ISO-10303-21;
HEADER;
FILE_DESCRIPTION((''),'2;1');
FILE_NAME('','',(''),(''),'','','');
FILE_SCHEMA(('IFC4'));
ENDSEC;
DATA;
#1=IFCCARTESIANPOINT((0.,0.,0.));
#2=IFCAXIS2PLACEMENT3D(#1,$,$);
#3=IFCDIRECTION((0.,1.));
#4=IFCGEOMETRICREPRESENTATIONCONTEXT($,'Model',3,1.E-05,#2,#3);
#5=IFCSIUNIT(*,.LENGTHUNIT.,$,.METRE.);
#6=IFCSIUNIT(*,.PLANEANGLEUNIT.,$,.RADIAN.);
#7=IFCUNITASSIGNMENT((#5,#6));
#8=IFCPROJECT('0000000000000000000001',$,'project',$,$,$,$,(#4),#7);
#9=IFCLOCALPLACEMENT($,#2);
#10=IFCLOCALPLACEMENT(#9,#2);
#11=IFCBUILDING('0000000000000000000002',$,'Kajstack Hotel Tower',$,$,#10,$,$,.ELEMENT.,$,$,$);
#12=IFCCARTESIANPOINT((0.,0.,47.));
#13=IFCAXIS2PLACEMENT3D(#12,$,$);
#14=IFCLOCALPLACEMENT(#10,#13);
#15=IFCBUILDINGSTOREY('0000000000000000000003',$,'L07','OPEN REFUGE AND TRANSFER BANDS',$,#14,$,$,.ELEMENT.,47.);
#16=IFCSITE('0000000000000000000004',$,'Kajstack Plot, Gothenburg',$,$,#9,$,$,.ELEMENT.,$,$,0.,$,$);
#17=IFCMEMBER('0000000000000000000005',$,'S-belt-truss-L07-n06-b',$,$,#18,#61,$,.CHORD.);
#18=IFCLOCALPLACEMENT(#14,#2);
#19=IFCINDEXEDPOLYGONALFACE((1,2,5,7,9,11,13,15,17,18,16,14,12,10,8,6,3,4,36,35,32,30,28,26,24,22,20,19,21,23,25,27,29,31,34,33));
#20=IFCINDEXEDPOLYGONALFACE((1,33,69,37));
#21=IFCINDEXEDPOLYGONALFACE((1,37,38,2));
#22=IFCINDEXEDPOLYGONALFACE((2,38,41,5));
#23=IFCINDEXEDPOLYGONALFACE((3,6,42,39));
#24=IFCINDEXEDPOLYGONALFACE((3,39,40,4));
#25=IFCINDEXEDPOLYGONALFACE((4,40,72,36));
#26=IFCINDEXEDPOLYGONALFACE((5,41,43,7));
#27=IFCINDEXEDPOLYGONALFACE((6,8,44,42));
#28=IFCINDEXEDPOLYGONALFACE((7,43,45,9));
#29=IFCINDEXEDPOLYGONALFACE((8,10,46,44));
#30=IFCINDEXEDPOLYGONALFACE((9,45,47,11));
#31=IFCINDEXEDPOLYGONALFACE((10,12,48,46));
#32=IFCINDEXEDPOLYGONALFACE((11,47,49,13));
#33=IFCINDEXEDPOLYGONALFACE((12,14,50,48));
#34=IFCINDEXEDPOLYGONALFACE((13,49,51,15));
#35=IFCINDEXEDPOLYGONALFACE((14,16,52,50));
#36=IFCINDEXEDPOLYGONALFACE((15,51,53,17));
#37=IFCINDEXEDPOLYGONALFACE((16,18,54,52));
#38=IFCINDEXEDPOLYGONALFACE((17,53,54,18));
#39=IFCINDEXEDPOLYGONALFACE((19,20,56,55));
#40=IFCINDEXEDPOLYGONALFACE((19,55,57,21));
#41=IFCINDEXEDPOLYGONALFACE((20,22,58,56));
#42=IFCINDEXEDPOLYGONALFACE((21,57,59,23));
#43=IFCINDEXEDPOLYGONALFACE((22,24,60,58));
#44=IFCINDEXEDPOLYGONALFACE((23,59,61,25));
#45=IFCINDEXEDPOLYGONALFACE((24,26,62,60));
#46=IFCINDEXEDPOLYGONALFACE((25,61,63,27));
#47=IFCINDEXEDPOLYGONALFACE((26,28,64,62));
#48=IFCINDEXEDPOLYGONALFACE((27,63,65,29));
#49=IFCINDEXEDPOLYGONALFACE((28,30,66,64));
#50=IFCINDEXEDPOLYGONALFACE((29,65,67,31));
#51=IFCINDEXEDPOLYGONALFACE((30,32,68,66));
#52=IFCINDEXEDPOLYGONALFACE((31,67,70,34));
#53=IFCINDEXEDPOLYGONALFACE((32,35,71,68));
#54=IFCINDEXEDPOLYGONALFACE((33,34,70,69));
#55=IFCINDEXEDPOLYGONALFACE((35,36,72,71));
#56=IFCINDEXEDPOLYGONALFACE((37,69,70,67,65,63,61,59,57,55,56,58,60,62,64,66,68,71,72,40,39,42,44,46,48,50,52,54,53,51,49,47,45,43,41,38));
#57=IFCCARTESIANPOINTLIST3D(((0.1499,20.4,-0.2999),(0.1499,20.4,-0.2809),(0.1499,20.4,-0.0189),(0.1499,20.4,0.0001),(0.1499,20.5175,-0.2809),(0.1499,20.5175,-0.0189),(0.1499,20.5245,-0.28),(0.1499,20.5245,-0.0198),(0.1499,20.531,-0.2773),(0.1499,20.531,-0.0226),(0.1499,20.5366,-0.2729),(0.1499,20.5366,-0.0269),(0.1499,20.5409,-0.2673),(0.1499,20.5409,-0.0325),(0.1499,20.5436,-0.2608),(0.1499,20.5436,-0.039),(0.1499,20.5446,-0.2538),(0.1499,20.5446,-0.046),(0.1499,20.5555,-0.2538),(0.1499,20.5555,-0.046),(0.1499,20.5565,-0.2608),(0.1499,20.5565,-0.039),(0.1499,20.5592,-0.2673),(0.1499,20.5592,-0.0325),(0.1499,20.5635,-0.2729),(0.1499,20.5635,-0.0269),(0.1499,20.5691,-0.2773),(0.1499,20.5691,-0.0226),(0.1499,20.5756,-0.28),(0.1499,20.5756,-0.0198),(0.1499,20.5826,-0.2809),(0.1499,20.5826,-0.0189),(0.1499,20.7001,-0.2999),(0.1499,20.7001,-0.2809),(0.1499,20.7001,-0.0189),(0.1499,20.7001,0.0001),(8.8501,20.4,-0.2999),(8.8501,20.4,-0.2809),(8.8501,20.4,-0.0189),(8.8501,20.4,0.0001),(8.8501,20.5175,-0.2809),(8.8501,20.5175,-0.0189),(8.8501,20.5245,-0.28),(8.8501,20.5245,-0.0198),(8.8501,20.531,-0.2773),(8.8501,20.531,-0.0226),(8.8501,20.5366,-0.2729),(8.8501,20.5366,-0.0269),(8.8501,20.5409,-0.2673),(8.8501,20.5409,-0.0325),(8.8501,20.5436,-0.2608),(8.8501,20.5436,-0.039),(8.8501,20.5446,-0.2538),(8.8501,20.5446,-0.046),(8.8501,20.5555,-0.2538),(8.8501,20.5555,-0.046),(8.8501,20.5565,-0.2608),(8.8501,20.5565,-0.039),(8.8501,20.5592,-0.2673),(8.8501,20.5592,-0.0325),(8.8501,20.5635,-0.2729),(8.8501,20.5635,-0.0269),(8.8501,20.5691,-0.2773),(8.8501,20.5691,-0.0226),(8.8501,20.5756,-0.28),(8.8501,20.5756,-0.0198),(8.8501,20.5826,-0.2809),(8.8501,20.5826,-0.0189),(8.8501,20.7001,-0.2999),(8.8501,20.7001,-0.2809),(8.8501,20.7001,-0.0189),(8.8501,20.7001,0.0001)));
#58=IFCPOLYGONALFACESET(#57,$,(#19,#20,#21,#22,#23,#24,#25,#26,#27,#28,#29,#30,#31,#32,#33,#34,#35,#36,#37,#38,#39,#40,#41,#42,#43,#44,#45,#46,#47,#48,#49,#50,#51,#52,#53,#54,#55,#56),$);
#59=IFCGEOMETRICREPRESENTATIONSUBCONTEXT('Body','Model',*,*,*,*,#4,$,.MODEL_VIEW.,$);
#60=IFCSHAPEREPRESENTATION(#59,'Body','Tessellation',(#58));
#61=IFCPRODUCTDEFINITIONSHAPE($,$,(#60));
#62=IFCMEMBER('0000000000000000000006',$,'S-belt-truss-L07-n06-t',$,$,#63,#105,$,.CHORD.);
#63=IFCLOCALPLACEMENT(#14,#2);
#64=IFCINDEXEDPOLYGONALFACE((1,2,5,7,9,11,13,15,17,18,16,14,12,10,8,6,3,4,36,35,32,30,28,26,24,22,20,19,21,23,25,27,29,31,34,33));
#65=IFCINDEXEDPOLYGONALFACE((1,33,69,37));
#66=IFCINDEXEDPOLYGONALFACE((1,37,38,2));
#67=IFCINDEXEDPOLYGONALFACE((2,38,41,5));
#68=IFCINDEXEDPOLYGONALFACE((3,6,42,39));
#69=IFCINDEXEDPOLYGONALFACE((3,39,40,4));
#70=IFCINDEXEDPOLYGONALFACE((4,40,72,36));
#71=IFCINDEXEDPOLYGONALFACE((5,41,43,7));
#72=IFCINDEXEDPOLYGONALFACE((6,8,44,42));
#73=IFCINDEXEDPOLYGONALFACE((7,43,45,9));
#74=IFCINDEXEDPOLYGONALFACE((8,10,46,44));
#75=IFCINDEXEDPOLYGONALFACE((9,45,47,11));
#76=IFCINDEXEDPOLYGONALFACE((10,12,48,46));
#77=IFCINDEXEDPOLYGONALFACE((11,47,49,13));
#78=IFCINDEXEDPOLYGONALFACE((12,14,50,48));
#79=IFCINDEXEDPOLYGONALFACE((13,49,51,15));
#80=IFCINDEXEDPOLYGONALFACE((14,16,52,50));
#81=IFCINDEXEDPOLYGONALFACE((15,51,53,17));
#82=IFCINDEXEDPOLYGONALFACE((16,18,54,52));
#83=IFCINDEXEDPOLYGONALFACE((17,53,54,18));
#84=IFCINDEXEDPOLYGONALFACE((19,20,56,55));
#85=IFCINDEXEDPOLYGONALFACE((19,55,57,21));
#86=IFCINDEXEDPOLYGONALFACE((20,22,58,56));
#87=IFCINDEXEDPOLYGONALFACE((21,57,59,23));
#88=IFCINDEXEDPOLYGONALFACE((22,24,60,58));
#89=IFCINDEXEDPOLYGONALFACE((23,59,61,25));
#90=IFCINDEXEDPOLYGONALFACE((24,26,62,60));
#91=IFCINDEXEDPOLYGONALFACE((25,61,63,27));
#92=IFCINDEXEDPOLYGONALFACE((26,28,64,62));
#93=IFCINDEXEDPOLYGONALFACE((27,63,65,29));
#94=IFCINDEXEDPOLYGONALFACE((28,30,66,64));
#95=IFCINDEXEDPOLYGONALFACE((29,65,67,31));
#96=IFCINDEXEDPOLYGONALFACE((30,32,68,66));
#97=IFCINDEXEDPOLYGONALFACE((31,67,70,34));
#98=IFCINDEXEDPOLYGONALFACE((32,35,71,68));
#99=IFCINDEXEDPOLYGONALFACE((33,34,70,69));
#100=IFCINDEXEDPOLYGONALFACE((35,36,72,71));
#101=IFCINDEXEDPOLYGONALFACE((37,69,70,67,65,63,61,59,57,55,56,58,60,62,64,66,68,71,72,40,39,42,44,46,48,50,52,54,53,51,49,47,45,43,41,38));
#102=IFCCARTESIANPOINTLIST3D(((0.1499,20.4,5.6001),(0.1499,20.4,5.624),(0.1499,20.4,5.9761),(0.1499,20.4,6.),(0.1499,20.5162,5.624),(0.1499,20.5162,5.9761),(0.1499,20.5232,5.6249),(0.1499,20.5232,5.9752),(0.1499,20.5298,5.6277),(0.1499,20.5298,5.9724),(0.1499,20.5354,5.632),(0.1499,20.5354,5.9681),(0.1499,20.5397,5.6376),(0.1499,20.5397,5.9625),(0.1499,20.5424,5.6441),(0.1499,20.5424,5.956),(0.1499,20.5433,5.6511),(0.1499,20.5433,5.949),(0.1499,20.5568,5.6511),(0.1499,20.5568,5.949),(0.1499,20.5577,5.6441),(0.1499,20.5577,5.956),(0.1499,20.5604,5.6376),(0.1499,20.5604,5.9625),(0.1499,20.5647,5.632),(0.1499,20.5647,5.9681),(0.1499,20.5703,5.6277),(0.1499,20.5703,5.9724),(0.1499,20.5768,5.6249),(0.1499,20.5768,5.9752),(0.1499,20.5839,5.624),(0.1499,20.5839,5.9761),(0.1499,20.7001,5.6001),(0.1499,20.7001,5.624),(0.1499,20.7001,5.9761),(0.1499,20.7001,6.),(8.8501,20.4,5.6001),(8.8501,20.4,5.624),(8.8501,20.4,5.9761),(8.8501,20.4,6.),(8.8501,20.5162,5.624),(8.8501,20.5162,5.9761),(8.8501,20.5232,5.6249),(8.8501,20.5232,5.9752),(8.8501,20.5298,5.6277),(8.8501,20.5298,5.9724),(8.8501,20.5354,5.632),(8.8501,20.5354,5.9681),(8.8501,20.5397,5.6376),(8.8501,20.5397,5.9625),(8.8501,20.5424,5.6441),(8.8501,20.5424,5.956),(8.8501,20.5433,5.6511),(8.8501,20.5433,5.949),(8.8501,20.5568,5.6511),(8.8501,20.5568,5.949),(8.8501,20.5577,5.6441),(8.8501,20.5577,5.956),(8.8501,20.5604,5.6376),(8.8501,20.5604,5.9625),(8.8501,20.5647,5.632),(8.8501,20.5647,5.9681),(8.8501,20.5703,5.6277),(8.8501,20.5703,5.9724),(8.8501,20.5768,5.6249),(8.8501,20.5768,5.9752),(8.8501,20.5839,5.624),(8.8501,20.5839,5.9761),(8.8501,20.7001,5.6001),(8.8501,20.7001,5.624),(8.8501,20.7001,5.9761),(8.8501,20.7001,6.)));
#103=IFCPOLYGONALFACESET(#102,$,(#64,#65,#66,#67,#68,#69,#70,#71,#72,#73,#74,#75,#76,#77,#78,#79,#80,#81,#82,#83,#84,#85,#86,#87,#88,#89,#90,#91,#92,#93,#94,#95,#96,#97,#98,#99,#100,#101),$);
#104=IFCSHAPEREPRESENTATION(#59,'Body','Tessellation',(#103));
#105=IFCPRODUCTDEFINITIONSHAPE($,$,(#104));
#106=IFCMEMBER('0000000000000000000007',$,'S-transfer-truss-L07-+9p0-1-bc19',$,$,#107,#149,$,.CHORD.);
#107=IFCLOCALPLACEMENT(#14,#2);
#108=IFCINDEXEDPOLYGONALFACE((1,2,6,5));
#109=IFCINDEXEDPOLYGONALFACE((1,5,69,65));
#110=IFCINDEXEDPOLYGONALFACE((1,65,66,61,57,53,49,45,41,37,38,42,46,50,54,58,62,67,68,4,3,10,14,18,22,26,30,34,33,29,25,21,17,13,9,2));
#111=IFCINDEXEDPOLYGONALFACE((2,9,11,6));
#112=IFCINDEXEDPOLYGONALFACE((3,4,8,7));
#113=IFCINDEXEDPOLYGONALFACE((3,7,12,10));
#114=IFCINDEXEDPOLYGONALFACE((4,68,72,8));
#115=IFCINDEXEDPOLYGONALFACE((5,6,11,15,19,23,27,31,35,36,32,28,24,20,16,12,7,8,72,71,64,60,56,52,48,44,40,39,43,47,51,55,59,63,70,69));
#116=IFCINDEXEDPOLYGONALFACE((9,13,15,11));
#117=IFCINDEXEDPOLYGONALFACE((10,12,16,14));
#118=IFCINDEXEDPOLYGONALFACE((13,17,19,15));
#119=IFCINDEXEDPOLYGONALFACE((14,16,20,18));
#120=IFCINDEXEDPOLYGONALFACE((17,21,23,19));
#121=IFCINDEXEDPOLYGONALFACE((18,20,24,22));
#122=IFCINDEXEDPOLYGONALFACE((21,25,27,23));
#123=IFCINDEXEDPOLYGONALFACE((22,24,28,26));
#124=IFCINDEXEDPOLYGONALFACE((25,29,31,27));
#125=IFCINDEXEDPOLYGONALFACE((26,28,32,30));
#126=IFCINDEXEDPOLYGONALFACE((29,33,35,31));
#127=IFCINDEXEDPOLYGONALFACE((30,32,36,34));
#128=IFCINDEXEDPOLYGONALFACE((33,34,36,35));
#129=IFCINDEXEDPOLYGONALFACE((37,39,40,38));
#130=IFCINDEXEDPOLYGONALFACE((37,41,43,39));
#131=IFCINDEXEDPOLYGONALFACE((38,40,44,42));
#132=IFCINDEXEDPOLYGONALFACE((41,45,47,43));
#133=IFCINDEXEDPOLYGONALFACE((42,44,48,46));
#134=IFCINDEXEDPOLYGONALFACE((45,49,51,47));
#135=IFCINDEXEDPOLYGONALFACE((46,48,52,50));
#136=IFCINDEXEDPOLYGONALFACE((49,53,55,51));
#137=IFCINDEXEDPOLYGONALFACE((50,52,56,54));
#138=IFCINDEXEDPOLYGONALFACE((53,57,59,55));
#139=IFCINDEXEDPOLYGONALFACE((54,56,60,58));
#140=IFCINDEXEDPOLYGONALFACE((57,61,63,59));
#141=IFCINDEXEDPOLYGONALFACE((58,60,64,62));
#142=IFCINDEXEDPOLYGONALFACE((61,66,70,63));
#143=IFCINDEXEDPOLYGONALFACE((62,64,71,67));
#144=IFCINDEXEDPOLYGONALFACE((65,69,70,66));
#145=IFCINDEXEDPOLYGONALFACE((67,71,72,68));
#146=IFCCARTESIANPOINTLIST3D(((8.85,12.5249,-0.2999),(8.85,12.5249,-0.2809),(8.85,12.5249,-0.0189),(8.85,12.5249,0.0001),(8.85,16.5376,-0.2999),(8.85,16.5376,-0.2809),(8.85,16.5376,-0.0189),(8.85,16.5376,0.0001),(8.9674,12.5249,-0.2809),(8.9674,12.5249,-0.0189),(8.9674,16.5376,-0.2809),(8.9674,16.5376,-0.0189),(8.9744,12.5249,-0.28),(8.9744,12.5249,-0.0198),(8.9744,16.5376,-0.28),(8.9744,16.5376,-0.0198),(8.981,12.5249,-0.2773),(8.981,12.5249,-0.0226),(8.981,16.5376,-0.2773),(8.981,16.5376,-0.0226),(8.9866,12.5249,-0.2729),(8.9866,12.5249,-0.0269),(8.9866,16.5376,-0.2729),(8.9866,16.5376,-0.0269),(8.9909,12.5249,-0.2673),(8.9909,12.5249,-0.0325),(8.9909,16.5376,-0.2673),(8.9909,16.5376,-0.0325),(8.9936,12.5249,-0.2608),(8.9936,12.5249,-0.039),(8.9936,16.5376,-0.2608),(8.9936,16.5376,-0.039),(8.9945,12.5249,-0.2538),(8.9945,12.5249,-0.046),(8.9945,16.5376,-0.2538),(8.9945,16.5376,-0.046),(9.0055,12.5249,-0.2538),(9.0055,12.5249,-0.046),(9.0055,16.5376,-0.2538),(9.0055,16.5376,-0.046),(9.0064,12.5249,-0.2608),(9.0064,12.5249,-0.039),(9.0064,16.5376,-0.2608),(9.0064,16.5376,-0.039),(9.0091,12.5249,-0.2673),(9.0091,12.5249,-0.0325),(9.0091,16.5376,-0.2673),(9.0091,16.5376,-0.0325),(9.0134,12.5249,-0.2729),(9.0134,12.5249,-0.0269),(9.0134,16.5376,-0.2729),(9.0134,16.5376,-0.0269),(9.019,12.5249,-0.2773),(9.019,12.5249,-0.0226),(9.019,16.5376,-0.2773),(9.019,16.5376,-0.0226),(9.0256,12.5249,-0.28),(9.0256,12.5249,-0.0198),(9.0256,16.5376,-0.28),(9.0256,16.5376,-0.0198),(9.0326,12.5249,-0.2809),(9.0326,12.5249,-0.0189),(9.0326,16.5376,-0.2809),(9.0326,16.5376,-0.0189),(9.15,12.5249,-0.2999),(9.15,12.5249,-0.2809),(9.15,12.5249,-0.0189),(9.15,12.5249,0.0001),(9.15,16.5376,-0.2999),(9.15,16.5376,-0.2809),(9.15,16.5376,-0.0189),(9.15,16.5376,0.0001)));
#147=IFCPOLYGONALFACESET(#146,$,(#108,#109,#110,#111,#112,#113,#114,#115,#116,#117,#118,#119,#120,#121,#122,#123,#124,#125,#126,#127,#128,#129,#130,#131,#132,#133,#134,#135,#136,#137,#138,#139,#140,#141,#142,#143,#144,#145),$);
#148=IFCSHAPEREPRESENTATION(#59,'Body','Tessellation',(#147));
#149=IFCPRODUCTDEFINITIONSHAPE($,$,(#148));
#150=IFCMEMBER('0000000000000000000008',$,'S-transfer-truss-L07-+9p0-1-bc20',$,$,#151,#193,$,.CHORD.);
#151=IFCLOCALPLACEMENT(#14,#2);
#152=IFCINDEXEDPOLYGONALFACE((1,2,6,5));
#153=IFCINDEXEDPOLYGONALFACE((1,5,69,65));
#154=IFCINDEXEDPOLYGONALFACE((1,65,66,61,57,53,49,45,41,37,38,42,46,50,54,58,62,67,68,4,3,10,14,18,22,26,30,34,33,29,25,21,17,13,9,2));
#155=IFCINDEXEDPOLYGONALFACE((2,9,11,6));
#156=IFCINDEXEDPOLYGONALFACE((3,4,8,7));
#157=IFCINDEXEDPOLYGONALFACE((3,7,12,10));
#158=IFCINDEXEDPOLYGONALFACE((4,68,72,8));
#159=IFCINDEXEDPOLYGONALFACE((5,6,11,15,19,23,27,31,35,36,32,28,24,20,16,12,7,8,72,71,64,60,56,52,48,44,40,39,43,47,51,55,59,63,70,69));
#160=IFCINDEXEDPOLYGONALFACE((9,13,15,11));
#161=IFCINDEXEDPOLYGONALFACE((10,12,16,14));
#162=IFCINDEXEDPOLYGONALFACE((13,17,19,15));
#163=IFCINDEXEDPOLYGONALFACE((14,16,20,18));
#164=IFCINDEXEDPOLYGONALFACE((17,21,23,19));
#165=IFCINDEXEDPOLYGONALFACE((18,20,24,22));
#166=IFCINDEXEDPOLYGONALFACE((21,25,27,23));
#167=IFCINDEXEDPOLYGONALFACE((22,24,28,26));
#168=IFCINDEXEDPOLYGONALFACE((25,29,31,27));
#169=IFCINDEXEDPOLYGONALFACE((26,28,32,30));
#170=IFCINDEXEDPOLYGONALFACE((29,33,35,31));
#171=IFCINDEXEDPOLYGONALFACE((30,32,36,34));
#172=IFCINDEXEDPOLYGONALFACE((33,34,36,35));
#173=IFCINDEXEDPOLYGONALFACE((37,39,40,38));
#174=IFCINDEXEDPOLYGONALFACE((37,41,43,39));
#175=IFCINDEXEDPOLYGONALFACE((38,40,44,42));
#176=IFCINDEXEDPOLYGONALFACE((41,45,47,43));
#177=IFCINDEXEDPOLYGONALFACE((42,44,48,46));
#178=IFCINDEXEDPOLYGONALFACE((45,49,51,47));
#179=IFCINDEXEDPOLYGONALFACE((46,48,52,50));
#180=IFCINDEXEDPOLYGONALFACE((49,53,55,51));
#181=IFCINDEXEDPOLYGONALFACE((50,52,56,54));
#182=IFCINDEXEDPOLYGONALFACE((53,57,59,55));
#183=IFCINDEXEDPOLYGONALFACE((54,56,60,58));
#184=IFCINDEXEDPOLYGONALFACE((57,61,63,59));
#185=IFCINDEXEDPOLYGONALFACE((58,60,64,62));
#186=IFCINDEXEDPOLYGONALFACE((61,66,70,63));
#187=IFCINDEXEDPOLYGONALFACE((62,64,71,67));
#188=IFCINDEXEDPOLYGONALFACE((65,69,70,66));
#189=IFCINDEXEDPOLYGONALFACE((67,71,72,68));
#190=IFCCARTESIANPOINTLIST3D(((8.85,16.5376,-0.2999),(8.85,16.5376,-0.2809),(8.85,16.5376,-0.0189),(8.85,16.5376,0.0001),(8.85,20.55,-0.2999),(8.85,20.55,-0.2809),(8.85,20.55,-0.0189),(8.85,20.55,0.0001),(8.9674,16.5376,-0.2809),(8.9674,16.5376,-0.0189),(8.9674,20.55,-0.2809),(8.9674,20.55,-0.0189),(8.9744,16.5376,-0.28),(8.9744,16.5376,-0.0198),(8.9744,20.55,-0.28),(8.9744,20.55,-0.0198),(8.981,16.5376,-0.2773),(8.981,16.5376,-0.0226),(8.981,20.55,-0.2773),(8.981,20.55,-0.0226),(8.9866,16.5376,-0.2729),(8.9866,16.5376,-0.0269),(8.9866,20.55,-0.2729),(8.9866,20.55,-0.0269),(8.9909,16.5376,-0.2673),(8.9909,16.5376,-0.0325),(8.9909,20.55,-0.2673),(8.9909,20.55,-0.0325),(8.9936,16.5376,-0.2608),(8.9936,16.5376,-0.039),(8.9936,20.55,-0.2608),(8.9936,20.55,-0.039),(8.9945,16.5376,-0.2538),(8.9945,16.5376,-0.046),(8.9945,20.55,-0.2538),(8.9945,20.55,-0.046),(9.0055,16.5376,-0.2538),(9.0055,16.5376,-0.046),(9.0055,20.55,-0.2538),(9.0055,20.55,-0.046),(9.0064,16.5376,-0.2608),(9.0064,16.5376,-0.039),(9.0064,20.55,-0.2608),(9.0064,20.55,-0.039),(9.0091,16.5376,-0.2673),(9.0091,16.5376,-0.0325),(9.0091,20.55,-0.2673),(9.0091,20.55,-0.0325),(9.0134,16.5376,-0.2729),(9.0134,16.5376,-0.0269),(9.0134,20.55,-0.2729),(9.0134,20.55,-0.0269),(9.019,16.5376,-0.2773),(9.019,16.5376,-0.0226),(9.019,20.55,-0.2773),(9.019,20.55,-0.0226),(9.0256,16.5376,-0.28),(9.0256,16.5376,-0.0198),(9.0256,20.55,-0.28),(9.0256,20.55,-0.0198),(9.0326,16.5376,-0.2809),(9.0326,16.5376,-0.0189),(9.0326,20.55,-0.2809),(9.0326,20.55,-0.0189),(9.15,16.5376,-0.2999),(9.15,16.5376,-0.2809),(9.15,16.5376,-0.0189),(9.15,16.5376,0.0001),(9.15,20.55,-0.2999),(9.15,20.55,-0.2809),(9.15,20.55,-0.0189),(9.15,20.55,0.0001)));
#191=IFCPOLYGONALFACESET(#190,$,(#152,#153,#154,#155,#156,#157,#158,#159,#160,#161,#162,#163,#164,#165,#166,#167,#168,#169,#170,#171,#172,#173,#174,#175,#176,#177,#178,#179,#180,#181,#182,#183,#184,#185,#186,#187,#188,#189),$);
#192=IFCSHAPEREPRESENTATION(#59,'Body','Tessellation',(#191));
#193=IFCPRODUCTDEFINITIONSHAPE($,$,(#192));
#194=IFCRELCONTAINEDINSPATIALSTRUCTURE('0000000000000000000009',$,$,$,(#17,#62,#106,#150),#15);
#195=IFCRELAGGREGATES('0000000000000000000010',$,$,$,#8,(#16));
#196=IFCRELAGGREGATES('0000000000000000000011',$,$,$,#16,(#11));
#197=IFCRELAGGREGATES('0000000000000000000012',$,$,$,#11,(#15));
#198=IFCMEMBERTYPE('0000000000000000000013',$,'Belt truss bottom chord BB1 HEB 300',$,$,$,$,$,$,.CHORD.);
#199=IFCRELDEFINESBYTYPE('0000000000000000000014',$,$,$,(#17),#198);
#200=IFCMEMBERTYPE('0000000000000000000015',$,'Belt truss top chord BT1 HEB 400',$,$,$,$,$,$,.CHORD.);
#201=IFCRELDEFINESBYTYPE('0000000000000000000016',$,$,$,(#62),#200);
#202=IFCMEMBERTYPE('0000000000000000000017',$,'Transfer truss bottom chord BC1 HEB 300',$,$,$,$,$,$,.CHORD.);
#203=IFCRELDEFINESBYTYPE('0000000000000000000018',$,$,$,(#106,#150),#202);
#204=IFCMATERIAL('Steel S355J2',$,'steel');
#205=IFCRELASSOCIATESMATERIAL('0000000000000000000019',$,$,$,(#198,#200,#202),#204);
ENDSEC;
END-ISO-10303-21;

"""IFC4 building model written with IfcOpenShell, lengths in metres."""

from ifc_helpers import new_model, si_unit, direction, frame, origin, origin_2d, place, context, subcontext, project, spatial, i_section, extrude, material, material_profile, profile_set, type_object, element, save


model = new_model("IFC4")

# Units and contexts
model_context = context("Model", 3, precision=1e-05, world=origin(), true_north=direction((0.0, 1.0)))
body_context = subcontext(model_context, "Body", "Model", "MODEL_VIEW")
ifc_project = project(units=[si_unit("LENGTHUNIT", "METRE"), si_unit("PLANEANGLEUNIT", "RADIAN")], contexts=[model_context])

# Site, building, storey
site_placement = place(None, origin())
site = spatial("IfcSite", under=ifc_project, at=site_placement, Name="Kajstack Plot, Gothenburg", CompositionType="ELEMENT", RefElevation=0.0)
building_placement = place(site_placement, origin())
building = spatial("IfcBuilding", under=site, at=building_placement, Name="Kajstack Hotel Tower", CompositionType="ELEMENT")
storey_placement = place(building_placement, frame((0.0, 0.0, 47.0)))
storey = spatial("IfcBuildingStorey", under=building, at=storey_placement, Name="L07", Description="OPEN REFUGE AND TRANSFER BANDS", CompositionType="ELEMENT", Elevation=47.0)

# Members
ifc_material = material(Name="Steel S355J2", Category="steel")
ifc_material_profile_1 = material_profile(ifc_material, i_section(OverallWidth=0.3, OverallDepth=0.3, WebThickness=0.011, FlangeThickness=0.019, FilletRadius=0.0271, at=origin_2d()), Name="HEB 300")
ifc_profile_set_1 = profile_set([ifc_material_profile_1], Name="Steel S355J2")
member_type_1 = type_object("IfcMemberType", Name="Belt truss bottom chord BB1 HEB 300", PredefinedType="CHORD", material=ifc_profile_set_1)
member_1_placement = place(storey_placement, frame((0.1499, 20.55, -0.1499), z_axis=(1.0, 0.0, 0.0), x_axis=(0.0, 1.0, 0.0)))
element("IfcMember", 1, at=member_1_placement, inside=storey, type_object=member_type_1, Name="S-belt-truss-L07-n06-b", PredefinedType="CHORD", context=body_context, shape_type="SweptSolid", body=[
    extrude(i_section(OverallWidth=0.3, OverallDepth=0.3, WebThickness=0.011, FlangeThickness=0.019, FilletRadius=0.0271, at=origin_2d()), origin(), (0.0, 0.0, 1.0), 8.7002),
])
ifc_material_profile_2 = material_profile(ifc_material, i_section(OverallWidth=0.3, OverallDepth=0.3999, WebThickness=0.0134, FlangeThickness=0.0239, FilletRadius=0.0271, at=origin_2d()), Name="HEB 400")
ifc_profile_set_2 = profile_set([ifc_material_profile_2], Name="Steel S355J2")
member_type_2 = type_object("IfcMemberType", Name="Belt truss top chord BT1 HEB 400", PredefinedType="CHORD", material=ifc_profile_set_2)
member_2_placement = place(storey_placement, frame((0.1499, 20.55, 5.8), z_axis=(1.0, 0.0, 0.0), x_axis=(0.0, 1.0, 0.0)))
element("IfcMember", 2, at=member_2_placement, inside=storey, type_object=member_type_2, Name="S-belt-truss-L07-n06-t", PredefinedType="CHORD", context=body_context, shape_type="SweptSolid", body=[
    extrude(i_section(OverallWidth=0.3, OverallDepth=0.3999, WebThickness=0.0134, FlangeThickness=0.0239, FilletRadius=0.0271, at=origin_2d()), origin(), (0.0, 0.0, 1.0), 8.7002),
])
ifc_material_profile_3 = material_profile(ifc_material, i_section(OverallWidth=0.3, OverallDepth=0.3, WebThickness=0.011, FlangeThickness=0.019, FilletRadius=0.0271, at=origin_2d()), Name="HEB 300")
ifc_profile_set_3 = profile_set([ifc_material_profile_3], Name="Steel S355J2")
member_type_3 = type_object("IfcMemberType", Name="Transfer truss bottom chord BC1 HEB 300", PredefinedType="CHORD", material=ifc_profile_set_3)
member_3_placement = place(storey_placement, frame((9.0, 12.5249, -0.1499), z_axis=(0.0, 1.0, 0.0), x_axis=(-1.0, 0.0, 0.0)))
element("IfcMember", 3, at=member_3_placement, inside=storey, type_object=member_type_3, Name="S-transfer-truss-L07-+9p0-1-bc19", PredefinedType="CHORD", context=body_context, shape_type="SweptSolid", body=[
    extrude(i_section(OverallWidth=0.3, OverallDepth=0.3, WebThickness=0.011, FlangeThickness=0.019, FilletRadius=0.0271, at=origin_2d()), origin(), (0.0, 0.0, 1.0), 4.0127),
])
member_4_placement = place(storey_placement, frame((9.0, 16.5376, -0.1499), z_axis=(0.0, 1.0, 0.0), x_axis=(-1.0, 0.0, 0.0)))
element("IfcMember", 4, at=member_4_placement, inside=storey, type_object=member_type_3, Name="S-transfer-truss-L07-+9p0-1-bc20", PredefinedType="CHORD", context=body_context, shape_type="SweptSolid", body=[
    extrude(i_section(OverallWidth=0.3, OverallDepth=0.3, WebThickness=0.011, FlangeThickness=0.019, FilletRadius=0.0271, at=origin_2d()), origin(), (0.0, 0.0, 1.0), 4.0125),
])

save(model, "model.ifc")
